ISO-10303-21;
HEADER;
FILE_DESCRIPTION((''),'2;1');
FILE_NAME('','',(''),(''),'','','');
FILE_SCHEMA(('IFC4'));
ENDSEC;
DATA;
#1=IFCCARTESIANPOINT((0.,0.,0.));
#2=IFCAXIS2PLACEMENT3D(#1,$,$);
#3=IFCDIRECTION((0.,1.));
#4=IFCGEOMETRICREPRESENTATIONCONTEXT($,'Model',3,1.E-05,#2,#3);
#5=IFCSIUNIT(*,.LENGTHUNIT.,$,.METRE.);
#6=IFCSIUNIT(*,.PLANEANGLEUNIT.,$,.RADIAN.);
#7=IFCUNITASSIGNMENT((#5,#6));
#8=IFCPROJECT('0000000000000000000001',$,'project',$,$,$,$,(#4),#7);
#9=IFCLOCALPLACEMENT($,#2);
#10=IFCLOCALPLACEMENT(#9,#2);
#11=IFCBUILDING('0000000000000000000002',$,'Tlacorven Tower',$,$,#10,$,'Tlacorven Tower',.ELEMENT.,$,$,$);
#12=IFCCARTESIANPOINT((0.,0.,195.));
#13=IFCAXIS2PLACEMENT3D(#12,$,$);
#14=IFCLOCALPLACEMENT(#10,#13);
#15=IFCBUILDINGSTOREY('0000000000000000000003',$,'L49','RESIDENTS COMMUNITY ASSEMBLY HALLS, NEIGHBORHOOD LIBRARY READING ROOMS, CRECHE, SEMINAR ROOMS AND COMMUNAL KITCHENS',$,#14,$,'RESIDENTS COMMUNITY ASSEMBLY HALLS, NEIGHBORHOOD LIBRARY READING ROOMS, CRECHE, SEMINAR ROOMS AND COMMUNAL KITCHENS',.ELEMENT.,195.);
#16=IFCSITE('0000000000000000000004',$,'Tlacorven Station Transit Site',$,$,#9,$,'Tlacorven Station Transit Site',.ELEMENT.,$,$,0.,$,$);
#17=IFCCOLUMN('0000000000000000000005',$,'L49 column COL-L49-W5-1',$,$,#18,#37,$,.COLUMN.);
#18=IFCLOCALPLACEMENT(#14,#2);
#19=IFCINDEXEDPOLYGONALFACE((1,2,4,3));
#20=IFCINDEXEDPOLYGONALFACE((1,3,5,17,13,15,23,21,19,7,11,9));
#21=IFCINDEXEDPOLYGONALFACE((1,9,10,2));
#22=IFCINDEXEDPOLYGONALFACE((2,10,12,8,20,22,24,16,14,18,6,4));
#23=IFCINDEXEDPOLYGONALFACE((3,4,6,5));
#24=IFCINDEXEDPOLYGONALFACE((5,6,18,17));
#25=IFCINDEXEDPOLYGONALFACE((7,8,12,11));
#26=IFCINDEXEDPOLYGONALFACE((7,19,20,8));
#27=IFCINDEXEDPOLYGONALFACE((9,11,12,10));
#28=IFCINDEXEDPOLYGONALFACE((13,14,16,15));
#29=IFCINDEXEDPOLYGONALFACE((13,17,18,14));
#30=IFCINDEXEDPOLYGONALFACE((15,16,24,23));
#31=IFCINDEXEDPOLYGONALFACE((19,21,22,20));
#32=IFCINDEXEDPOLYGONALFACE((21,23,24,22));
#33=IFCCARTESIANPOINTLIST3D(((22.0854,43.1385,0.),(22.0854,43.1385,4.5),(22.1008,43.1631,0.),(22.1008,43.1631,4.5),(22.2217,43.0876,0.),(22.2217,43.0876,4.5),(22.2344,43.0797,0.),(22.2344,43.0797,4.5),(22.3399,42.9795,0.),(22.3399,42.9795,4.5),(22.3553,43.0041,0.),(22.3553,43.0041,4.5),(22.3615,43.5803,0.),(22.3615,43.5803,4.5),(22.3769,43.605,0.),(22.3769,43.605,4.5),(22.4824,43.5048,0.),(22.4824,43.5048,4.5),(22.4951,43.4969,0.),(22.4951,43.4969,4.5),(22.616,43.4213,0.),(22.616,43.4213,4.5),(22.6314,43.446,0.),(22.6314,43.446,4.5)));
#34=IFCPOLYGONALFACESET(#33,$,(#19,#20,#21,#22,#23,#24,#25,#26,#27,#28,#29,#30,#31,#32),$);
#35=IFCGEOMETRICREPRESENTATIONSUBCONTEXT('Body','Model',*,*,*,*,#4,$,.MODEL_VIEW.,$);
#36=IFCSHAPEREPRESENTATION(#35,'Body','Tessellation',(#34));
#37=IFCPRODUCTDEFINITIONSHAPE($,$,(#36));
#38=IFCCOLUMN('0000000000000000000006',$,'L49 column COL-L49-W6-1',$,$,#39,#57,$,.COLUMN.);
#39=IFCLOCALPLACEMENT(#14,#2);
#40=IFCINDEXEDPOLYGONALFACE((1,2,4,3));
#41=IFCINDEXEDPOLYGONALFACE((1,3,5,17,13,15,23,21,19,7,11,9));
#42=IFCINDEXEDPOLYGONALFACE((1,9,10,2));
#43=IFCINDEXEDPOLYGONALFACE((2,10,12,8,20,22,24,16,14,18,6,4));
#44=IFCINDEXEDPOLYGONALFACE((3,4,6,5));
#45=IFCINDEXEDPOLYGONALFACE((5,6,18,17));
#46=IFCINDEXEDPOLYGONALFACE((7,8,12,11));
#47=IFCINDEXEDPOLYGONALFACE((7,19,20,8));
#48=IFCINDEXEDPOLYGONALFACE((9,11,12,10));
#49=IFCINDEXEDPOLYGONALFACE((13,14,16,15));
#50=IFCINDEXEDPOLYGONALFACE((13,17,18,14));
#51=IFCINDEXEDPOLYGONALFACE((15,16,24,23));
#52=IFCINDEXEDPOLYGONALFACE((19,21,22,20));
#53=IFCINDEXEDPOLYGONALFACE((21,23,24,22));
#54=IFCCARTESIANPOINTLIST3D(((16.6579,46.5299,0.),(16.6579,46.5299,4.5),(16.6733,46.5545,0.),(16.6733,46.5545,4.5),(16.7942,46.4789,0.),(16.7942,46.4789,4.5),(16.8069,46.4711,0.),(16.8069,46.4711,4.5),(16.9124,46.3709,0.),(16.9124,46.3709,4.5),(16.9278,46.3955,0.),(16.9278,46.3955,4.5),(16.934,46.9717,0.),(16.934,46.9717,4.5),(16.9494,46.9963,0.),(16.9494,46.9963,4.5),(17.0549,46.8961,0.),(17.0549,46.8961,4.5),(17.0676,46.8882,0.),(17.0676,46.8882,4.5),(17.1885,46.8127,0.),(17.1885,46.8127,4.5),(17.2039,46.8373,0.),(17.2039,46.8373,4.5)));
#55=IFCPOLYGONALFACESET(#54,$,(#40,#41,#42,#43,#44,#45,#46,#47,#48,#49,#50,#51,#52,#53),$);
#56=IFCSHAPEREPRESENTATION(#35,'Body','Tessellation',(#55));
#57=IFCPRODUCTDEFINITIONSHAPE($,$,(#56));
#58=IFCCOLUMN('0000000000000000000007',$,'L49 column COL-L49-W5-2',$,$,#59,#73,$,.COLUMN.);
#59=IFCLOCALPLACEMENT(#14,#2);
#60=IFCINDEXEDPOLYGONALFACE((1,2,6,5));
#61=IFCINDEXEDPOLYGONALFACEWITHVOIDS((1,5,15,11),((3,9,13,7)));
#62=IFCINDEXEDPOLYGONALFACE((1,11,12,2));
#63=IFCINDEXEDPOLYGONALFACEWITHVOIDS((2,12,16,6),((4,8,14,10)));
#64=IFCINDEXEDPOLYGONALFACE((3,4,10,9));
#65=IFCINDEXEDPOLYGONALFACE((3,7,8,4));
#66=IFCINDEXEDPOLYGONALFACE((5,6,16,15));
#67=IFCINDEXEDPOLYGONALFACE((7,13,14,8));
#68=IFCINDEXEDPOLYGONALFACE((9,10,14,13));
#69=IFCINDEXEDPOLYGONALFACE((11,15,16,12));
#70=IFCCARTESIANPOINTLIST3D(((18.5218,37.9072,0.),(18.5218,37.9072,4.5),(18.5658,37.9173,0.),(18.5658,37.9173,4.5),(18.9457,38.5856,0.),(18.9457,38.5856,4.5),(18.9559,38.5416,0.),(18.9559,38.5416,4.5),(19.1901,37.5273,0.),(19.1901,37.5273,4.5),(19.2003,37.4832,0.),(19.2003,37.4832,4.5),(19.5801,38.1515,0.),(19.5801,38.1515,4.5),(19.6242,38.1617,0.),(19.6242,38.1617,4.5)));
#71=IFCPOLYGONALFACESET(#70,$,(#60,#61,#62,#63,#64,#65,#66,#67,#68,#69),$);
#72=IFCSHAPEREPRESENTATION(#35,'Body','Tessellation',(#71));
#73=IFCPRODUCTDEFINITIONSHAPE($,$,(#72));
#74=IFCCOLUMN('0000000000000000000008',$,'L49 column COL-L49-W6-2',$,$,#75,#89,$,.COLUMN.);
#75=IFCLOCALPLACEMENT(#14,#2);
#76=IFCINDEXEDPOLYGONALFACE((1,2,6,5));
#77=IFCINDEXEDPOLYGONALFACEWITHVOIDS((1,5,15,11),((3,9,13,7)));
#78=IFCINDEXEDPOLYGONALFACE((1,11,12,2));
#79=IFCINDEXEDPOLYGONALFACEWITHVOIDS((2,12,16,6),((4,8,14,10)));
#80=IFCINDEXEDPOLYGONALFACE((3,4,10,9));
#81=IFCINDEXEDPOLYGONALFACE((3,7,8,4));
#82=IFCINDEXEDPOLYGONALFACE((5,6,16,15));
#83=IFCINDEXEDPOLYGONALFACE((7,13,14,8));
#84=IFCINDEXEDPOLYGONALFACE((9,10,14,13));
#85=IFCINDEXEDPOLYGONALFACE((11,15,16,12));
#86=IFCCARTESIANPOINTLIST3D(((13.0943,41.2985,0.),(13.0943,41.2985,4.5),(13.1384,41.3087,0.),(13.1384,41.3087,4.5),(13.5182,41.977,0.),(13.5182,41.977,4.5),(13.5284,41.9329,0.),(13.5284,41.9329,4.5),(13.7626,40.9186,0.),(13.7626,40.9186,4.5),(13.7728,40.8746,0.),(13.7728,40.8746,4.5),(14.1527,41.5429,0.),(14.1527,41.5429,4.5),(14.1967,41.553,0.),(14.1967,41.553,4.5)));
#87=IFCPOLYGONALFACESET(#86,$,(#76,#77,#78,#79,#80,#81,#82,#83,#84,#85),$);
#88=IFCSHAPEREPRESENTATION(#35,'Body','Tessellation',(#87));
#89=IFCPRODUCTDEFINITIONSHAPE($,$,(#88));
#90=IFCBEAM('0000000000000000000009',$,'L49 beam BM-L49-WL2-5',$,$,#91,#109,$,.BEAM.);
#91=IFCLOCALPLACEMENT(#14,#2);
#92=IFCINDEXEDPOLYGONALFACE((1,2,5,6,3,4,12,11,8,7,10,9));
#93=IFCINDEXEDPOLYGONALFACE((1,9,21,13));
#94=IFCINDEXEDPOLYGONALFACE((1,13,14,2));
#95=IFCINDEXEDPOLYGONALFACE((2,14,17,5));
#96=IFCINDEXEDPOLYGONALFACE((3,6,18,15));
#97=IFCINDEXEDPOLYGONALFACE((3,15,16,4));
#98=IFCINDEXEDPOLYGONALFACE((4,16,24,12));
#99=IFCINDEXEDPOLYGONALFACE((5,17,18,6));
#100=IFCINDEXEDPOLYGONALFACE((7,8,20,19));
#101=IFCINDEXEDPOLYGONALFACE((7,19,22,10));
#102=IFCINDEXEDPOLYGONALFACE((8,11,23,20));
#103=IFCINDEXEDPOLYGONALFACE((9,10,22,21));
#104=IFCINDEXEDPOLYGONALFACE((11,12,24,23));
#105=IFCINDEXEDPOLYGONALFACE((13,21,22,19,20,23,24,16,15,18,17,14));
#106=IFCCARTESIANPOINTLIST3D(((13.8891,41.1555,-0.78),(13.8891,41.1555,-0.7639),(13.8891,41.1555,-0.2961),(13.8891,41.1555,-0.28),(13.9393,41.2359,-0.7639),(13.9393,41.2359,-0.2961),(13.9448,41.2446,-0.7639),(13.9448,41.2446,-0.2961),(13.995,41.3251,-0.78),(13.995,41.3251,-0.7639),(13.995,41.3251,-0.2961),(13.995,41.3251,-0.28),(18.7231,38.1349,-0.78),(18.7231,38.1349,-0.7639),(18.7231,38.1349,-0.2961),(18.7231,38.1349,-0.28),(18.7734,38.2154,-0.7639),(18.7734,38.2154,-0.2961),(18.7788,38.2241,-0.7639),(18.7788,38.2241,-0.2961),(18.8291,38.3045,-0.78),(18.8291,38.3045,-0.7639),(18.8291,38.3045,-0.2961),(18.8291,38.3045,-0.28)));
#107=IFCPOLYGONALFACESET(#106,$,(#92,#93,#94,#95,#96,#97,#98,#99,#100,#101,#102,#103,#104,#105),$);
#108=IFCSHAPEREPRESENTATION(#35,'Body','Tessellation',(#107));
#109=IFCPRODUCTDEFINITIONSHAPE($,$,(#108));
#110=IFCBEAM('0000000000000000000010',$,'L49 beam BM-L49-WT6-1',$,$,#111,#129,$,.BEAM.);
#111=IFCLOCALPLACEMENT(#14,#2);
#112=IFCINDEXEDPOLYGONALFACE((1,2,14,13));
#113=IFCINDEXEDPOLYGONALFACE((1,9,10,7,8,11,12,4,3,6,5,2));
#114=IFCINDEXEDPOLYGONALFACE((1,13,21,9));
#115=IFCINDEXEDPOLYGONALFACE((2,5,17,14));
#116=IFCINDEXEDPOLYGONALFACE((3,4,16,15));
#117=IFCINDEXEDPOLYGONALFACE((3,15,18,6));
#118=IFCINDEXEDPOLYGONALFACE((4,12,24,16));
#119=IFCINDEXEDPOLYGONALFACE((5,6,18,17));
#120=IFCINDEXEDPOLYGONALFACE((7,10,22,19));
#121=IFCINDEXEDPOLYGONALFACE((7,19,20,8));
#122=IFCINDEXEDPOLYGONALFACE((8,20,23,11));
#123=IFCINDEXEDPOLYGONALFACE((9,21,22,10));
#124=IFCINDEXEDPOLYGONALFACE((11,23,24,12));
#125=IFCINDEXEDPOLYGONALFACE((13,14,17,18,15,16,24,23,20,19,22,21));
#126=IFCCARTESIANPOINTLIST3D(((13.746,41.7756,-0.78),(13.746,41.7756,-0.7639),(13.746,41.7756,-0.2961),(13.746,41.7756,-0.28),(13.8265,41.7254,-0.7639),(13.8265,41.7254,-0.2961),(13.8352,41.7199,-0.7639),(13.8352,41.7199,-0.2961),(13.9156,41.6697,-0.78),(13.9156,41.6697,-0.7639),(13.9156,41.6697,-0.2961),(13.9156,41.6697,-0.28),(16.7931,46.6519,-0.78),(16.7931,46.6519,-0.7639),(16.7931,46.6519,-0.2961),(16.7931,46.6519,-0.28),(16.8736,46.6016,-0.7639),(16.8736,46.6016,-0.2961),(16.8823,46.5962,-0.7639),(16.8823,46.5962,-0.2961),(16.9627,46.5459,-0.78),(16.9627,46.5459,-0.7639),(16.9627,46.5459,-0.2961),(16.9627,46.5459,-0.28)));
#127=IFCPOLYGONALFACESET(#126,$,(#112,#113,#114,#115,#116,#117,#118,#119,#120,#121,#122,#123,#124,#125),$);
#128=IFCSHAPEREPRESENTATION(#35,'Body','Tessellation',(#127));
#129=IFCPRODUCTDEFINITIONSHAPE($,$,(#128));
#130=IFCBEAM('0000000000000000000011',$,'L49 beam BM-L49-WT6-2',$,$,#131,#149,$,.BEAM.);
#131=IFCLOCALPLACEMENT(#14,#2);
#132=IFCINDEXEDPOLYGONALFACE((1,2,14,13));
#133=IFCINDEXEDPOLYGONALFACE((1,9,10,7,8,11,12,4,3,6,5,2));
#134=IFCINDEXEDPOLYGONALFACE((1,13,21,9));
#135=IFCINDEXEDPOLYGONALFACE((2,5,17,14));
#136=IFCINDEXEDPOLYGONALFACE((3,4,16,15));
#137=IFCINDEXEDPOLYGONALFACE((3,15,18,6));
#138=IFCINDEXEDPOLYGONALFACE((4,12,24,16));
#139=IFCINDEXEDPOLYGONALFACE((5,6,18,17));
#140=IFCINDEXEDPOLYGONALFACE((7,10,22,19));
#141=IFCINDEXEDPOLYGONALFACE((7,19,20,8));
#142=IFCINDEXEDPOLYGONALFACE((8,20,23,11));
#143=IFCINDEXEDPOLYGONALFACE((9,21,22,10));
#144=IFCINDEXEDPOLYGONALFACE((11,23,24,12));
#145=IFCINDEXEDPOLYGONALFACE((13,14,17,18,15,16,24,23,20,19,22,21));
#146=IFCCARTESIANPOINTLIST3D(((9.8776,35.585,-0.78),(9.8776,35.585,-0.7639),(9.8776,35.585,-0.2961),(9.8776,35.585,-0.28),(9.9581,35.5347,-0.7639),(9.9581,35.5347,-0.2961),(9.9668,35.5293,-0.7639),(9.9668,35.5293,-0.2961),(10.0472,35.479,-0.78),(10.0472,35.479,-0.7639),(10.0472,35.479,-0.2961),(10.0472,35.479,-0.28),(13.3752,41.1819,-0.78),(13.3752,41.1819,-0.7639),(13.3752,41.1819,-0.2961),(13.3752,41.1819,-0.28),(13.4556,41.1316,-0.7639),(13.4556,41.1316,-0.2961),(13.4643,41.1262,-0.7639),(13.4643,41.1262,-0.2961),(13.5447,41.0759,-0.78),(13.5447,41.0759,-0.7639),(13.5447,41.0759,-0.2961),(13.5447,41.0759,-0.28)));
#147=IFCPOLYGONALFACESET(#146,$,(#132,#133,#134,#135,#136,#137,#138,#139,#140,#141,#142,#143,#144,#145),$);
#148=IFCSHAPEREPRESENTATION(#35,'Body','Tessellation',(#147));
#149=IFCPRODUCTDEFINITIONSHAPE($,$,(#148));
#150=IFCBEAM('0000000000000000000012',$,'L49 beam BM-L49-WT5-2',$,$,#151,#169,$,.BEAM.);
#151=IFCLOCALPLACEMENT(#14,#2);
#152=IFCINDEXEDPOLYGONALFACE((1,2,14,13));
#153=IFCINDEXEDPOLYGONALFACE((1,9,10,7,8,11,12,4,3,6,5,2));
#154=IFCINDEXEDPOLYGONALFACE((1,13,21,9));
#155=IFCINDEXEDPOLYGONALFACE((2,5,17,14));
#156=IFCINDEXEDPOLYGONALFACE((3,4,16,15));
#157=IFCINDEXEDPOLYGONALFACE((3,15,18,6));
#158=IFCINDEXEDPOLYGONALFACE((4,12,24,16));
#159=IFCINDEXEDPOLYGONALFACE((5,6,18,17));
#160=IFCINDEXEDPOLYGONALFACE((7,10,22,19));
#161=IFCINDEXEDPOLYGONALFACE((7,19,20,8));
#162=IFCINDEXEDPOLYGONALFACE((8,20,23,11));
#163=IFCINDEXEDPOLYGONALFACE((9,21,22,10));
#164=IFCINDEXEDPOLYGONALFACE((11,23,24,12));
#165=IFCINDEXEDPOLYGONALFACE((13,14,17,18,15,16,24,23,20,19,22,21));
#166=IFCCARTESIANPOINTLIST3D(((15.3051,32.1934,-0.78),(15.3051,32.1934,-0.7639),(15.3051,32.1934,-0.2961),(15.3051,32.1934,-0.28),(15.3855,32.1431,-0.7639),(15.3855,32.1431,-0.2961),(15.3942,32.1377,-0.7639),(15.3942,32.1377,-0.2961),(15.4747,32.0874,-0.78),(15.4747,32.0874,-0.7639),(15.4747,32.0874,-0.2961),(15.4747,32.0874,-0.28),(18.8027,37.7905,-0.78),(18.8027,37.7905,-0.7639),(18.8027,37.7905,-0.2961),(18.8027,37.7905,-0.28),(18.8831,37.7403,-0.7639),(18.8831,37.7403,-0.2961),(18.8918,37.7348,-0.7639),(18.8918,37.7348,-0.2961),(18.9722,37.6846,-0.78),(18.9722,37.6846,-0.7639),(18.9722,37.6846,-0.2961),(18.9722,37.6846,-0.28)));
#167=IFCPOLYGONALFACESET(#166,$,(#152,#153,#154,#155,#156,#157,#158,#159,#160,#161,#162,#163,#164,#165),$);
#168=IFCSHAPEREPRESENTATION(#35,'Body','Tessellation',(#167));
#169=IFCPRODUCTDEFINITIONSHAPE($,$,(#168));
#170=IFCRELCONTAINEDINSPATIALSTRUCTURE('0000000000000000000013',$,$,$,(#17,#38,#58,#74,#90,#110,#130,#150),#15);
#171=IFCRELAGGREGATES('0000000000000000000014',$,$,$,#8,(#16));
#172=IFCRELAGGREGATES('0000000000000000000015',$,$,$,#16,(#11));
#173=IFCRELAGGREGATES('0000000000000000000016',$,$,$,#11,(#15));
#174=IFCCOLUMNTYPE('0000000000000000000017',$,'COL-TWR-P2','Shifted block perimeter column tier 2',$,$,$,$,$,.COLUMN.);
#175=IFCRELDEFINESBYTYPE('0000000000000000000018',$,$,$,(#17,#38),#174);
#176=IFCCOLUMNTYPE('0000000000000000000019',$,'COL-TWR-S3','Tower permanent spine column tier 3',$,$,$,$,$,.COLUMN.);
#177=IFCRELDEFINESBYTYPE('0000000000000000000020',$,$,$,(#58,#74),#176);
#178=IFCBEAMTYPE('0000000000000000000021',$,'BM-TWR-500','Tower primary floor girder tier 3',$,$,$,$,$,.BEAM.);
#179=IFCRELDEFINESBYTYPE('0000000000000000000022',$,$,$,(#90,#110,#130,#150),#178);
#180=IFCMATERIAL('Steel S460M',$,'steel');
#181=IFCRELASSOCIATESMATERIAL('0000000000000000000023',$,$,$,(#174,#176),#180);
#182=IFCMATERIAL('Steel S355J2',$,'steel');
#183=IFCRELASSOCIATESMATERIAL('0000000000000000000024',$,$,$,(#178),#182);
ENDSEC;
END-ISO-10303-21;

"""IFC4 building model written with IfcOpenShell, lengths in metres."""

from ifc_helpers import new_model, si_unit, direction, frame, origin, origin_2d, place, context, subcontext, project, spatial, hollow_rectangle, i_section, extrude, source, transform, mapped, material, material_profile, profile_set, type_object, element, save


model = new_model("IFC4")

# Units and contexts
model_context = context("Model", 3, precision=1e-05, world=origin(), true_north=direction((0.0, 1.0)))
body_context = subcontext(model_context, "Body", "Model", "MODEL_VIEW")
ifc_project = project(units=[si_unit("LENGTHUNIT", "METRE"), si_unit("PLANEANGLEUNIT", "RADIAN")], contexts=[model_context])

# Site, building, storey
site_placement = place(None, origin())
site = spatial("IfcSite", under=ifc_project, at=site_placement, Name="Tlacorven Station Transit Site", LongName="Tlacorven Station Transit Site", CompositionType="ELEMENT", RefElevation=0.0)
building_placement = place(site_placement, origin())
building = spatial("IfcBuilding", under=site, at=building_placement, Name="Tlacorven Tower", LongName="Tlacorven Tower", CompositionType="ELEMENT")
storey_placement = place(building_placement, frame((0.0, 0.0, 195.0)))
storey = spatial("IfcBuildingStorey", under=building, at=storey_placement, Name="L49", Description="RESIDENTS COMMUNITY ASSEMBLY HALLS, NEIGHBORHOOD LIBRARY READING ROOMS, CRECHE, SEMINAR ROOMS AND COMMUNAL KITCHENS", LongName="RESIDENTS COMMUNITY ASSEMBLY HALLS, NEIGHBORHOOD LIBRARY READING ROOMS, CRECHE, SEMINAR ROOMS AND COMMUNAL KITCHENS", CompositionType="ELEMENT", Elevation=195.0)

# Columns
ifc_material_1 = material(Name="Steel S460M", Category="steel")
ifc_material_profile_1 = material_profile(ifc_material_1, i_section(OverallWidth=0.3, OverallDepth=0.55, WebThickness=0.0149, FlangeThickness=0.0291, at=origin_2d()), Name="HEB 550")
ifc_profile_set_1 = profile_set([ifc_material_profile_1], Name="Steel S460M")
column_type_1 = type_object("IfcColumnType", Name="COL-TWR-P2", Description="Shifted block perimeter column tier 2", PredefinedType="COLUMN", material=ifc_profile_set_1)
shared_shape_1 = source(origin(), body_context, "Body", "SweptSolid", [
    extrude(i_section(OverallWidth=0.3, OverallDepth=0.55, WebThickness=0.0149, FlangeThickness=0.0291, at=origin_2d()), origin(), (0.0, 0.0, 1.0), 4.5),
])
for number, where, z_axis, x_axis, name in (
    (1, (22.3584, 43.2922, 0.0), (0.0, 0.0, 1.0), (-0.848048, 0.529919, 0.0), "L49 column COL-L49-W5-1"),
    (2, (16.9309, 46.6836, 0.0), (0.0, 0.0, 1.0), (-0.848048, 0.529919, 0.0), "L49 column COL-L49-W6-1"),
):
    element("IfcColumn", number, at=place(storey_placement, frame(where, z_axis=z_axis, x_axis=x_axis)), inside=storey, type_object=column_type_1, Name=name, PredefinedType="COLUMN", context=body_context, shape_type="MappedRepresentation", body=[
        mapped(shared_shape_1, transform((0.0, 0.0, 0.0), scale=1.0)),
    ])
ifc_material_profile_2 = material_profile(ifc_material_1, hollow_rectangle(XDim=0.8, YDim=0.8, WallThickness=0.032, at=origin_2d()), Name="BOX 800X800X32")
ifc_profile_set_2 = profile_set([ifc_material_profile_2], Name="Steel S460M")
column_type_2 = type_object("IfcColumnType", Name="COL-TWR-S3", Description="Tower permanent spine column tier 3", PredefinedType="COLUMN", material=ifc_profile_set_2)
shared_shape_2 = source(origin(), body_context, "Body", "SweptSolid", [
    extrude(hollow_rectangle(XDim=0.8, YDim=0.8, WallThickness=0.032, at=origin_2d()), origin(), (0.0, 0.0, 1.0), 4.5),
])
for number, where, z_axis, x_axis, name in (
    (3, (19.073, 38.0344, 0.0), (0.0, 0.0, 1.0), (-0.848048, 0.529919, 0.0), "L49 column COL-L49-W5-2"),
    (4, (13.6455, 41.4258, 0.0), (0.0, 0.0, 1.0), (-0.848048, 0.529919, 0.0), "L49 column COL-L49-W6-2"),
):
    element("IfcColumn", number, at=place(storey_placement, frame(where, z_axis=z_axis, x_axis=x_axis)), inside=storey, type_object=column_type_2, Name=name, PredefinedType="COLUMN", context=body_context, shape_type="MappedRepresentation", body=[
        mapped(shared_shape_2, transform((0.0, 0.0, 0.0), scale=1.0)),
    ])

# Beams
ifc_material_2 = material(Name="Steel S355J2", Category="steel")
ifc_material_profile_3 = material_profile(ifc_material_2, i_section(OverallWidth=0.2, OverallDepth=0.5, WebThickness=0.0103, FlangeThickness=0.0161, at=origin_2d()), Name="IPE 500")
ifc_profile_set_3 = profile_set([ifc_material_profile_3], Name="Steel S355J2")
beam_type_1 = type_object("IfcBeamType", Name="BM-TWR-500", Description="Tower primary floor girder tier 3", PredefinedType="BEAM", material=ifc_profile_set_3)
shared_shape_3 = source(origin(), body_context, "Body", "SweptSolid", [
    extrude(i_section(OverallWidth=0.2, OverallDepth=0.5, WebThickness=0.0103, FlangeThickness=0.0161, at=origin_2d()), origin(), (0.0, 0.0, 1.0), 5.7002),
])
beam_1_placement = place(storey_placement, frame((18.7761, 38.2197, -0.53), z_axis=(-0.848056, 0.529907, 0.0), x_axis=(-0.529907, -0.848056, 0.0)))
element("IfcBeam", 5, at=beam_1_placement, inside=storey, type_object=beam_type_1, Name="L49 beam BM-L49-WL2-5", PredefinedType="BEAM", context=body_context, shape_type="MappedRepresentation", body=[
    mapped(shared_shape_3, transform((0.0, 0.0, 0.0), scale=1.0)),
])
shared_shape_4 = source(origin(), body_context, "Body", "SweptSolid", [
    extrude(i_section(OverallWidth=0.2, OverallDepth=0.5, WebThickness=0.0103, FlangeThickness=0.0161, at=origin_2d()), origin(), (0.0, 0.0, 1.0), 5.75),
])
beam_2_placement = place(storey_placement, frame((16.8779, 46.5989, -0.53), z_axis=(-0.529934, -0.848039, 0.0), x_axis=(0.848039, -0.529934, 0.0)))
element("IfcBeam", 6, at=beam_2_placement, inside=storey, type_object=beam_type_1, Name="L49 beam BM-L49-WT6-1", PredefinedType="BEAM", context=body_context, shape_type="MappedRepresentation", body=[
    mapped(shared_shape_4, transform((0.0, 0.0, 0.0), scale=1.0)),
])
shared_shape_5 = source(origin(), body_context, "Body", "SweptSolid", [
    extrude(i_section(OverallWidth=0.2, OverallDepth=0.5, WebThickness=0.0103, FlangeThickness=0.0161, at=origin_2d()), origin(), (0.0, 0.0, 1.0), 6.5999),
])
beam_3_placement = place(storey_placement, frame((13.46, 41.1289, -0.53), z_axis=(-0.529942, -0.848034, 0.0), x_axis=(0.848034, -0.529942, 0.0)))
element("IfcBeam", 7, at=beam_3_placement, inside=storey, type_object=beam_type_1, Name="L49 beam BM-L49-WT6-2", PredefinedType="BEAM", context=body_context, shape_type="MappedRepresentation", body=[
    mapped(shared_shape_5, transform((0.0, 0.0, 0.0), scale=1.0)),
])
shared_shape_6 = source(origin(), body_context, "Body", "SweptSolid", [
    extrude(i_section(OverallWidth=0.2, OverallDepth=0.5, WebThickness=0.0103, FlangeThickness=0.0161, at=origin_2d()), origin(), (0.0, 0.0, 1.0), 6.6001),
])
beam_4_placement = place(storey_placement, frame((18.8875, 37.7375, -0.53), z_axis=(-0.529926, -0.848044, 0.0), x_axis=(0.848044, -0.529926, 0.0)))
element("IfcBeam", 8, at=beam_4_placement, inside=storey, type_object=beam_type_1, Name="L49 beam BM-L49-WT5-2", PredefinedType="BEAM", context=body_context, shape_type="MappedRepresentation", body=[
    mapped(shared_shape_6, transform((0.0, 0.0, 0.0), scale=1.0)),
])

save(model, "model.ifc")
